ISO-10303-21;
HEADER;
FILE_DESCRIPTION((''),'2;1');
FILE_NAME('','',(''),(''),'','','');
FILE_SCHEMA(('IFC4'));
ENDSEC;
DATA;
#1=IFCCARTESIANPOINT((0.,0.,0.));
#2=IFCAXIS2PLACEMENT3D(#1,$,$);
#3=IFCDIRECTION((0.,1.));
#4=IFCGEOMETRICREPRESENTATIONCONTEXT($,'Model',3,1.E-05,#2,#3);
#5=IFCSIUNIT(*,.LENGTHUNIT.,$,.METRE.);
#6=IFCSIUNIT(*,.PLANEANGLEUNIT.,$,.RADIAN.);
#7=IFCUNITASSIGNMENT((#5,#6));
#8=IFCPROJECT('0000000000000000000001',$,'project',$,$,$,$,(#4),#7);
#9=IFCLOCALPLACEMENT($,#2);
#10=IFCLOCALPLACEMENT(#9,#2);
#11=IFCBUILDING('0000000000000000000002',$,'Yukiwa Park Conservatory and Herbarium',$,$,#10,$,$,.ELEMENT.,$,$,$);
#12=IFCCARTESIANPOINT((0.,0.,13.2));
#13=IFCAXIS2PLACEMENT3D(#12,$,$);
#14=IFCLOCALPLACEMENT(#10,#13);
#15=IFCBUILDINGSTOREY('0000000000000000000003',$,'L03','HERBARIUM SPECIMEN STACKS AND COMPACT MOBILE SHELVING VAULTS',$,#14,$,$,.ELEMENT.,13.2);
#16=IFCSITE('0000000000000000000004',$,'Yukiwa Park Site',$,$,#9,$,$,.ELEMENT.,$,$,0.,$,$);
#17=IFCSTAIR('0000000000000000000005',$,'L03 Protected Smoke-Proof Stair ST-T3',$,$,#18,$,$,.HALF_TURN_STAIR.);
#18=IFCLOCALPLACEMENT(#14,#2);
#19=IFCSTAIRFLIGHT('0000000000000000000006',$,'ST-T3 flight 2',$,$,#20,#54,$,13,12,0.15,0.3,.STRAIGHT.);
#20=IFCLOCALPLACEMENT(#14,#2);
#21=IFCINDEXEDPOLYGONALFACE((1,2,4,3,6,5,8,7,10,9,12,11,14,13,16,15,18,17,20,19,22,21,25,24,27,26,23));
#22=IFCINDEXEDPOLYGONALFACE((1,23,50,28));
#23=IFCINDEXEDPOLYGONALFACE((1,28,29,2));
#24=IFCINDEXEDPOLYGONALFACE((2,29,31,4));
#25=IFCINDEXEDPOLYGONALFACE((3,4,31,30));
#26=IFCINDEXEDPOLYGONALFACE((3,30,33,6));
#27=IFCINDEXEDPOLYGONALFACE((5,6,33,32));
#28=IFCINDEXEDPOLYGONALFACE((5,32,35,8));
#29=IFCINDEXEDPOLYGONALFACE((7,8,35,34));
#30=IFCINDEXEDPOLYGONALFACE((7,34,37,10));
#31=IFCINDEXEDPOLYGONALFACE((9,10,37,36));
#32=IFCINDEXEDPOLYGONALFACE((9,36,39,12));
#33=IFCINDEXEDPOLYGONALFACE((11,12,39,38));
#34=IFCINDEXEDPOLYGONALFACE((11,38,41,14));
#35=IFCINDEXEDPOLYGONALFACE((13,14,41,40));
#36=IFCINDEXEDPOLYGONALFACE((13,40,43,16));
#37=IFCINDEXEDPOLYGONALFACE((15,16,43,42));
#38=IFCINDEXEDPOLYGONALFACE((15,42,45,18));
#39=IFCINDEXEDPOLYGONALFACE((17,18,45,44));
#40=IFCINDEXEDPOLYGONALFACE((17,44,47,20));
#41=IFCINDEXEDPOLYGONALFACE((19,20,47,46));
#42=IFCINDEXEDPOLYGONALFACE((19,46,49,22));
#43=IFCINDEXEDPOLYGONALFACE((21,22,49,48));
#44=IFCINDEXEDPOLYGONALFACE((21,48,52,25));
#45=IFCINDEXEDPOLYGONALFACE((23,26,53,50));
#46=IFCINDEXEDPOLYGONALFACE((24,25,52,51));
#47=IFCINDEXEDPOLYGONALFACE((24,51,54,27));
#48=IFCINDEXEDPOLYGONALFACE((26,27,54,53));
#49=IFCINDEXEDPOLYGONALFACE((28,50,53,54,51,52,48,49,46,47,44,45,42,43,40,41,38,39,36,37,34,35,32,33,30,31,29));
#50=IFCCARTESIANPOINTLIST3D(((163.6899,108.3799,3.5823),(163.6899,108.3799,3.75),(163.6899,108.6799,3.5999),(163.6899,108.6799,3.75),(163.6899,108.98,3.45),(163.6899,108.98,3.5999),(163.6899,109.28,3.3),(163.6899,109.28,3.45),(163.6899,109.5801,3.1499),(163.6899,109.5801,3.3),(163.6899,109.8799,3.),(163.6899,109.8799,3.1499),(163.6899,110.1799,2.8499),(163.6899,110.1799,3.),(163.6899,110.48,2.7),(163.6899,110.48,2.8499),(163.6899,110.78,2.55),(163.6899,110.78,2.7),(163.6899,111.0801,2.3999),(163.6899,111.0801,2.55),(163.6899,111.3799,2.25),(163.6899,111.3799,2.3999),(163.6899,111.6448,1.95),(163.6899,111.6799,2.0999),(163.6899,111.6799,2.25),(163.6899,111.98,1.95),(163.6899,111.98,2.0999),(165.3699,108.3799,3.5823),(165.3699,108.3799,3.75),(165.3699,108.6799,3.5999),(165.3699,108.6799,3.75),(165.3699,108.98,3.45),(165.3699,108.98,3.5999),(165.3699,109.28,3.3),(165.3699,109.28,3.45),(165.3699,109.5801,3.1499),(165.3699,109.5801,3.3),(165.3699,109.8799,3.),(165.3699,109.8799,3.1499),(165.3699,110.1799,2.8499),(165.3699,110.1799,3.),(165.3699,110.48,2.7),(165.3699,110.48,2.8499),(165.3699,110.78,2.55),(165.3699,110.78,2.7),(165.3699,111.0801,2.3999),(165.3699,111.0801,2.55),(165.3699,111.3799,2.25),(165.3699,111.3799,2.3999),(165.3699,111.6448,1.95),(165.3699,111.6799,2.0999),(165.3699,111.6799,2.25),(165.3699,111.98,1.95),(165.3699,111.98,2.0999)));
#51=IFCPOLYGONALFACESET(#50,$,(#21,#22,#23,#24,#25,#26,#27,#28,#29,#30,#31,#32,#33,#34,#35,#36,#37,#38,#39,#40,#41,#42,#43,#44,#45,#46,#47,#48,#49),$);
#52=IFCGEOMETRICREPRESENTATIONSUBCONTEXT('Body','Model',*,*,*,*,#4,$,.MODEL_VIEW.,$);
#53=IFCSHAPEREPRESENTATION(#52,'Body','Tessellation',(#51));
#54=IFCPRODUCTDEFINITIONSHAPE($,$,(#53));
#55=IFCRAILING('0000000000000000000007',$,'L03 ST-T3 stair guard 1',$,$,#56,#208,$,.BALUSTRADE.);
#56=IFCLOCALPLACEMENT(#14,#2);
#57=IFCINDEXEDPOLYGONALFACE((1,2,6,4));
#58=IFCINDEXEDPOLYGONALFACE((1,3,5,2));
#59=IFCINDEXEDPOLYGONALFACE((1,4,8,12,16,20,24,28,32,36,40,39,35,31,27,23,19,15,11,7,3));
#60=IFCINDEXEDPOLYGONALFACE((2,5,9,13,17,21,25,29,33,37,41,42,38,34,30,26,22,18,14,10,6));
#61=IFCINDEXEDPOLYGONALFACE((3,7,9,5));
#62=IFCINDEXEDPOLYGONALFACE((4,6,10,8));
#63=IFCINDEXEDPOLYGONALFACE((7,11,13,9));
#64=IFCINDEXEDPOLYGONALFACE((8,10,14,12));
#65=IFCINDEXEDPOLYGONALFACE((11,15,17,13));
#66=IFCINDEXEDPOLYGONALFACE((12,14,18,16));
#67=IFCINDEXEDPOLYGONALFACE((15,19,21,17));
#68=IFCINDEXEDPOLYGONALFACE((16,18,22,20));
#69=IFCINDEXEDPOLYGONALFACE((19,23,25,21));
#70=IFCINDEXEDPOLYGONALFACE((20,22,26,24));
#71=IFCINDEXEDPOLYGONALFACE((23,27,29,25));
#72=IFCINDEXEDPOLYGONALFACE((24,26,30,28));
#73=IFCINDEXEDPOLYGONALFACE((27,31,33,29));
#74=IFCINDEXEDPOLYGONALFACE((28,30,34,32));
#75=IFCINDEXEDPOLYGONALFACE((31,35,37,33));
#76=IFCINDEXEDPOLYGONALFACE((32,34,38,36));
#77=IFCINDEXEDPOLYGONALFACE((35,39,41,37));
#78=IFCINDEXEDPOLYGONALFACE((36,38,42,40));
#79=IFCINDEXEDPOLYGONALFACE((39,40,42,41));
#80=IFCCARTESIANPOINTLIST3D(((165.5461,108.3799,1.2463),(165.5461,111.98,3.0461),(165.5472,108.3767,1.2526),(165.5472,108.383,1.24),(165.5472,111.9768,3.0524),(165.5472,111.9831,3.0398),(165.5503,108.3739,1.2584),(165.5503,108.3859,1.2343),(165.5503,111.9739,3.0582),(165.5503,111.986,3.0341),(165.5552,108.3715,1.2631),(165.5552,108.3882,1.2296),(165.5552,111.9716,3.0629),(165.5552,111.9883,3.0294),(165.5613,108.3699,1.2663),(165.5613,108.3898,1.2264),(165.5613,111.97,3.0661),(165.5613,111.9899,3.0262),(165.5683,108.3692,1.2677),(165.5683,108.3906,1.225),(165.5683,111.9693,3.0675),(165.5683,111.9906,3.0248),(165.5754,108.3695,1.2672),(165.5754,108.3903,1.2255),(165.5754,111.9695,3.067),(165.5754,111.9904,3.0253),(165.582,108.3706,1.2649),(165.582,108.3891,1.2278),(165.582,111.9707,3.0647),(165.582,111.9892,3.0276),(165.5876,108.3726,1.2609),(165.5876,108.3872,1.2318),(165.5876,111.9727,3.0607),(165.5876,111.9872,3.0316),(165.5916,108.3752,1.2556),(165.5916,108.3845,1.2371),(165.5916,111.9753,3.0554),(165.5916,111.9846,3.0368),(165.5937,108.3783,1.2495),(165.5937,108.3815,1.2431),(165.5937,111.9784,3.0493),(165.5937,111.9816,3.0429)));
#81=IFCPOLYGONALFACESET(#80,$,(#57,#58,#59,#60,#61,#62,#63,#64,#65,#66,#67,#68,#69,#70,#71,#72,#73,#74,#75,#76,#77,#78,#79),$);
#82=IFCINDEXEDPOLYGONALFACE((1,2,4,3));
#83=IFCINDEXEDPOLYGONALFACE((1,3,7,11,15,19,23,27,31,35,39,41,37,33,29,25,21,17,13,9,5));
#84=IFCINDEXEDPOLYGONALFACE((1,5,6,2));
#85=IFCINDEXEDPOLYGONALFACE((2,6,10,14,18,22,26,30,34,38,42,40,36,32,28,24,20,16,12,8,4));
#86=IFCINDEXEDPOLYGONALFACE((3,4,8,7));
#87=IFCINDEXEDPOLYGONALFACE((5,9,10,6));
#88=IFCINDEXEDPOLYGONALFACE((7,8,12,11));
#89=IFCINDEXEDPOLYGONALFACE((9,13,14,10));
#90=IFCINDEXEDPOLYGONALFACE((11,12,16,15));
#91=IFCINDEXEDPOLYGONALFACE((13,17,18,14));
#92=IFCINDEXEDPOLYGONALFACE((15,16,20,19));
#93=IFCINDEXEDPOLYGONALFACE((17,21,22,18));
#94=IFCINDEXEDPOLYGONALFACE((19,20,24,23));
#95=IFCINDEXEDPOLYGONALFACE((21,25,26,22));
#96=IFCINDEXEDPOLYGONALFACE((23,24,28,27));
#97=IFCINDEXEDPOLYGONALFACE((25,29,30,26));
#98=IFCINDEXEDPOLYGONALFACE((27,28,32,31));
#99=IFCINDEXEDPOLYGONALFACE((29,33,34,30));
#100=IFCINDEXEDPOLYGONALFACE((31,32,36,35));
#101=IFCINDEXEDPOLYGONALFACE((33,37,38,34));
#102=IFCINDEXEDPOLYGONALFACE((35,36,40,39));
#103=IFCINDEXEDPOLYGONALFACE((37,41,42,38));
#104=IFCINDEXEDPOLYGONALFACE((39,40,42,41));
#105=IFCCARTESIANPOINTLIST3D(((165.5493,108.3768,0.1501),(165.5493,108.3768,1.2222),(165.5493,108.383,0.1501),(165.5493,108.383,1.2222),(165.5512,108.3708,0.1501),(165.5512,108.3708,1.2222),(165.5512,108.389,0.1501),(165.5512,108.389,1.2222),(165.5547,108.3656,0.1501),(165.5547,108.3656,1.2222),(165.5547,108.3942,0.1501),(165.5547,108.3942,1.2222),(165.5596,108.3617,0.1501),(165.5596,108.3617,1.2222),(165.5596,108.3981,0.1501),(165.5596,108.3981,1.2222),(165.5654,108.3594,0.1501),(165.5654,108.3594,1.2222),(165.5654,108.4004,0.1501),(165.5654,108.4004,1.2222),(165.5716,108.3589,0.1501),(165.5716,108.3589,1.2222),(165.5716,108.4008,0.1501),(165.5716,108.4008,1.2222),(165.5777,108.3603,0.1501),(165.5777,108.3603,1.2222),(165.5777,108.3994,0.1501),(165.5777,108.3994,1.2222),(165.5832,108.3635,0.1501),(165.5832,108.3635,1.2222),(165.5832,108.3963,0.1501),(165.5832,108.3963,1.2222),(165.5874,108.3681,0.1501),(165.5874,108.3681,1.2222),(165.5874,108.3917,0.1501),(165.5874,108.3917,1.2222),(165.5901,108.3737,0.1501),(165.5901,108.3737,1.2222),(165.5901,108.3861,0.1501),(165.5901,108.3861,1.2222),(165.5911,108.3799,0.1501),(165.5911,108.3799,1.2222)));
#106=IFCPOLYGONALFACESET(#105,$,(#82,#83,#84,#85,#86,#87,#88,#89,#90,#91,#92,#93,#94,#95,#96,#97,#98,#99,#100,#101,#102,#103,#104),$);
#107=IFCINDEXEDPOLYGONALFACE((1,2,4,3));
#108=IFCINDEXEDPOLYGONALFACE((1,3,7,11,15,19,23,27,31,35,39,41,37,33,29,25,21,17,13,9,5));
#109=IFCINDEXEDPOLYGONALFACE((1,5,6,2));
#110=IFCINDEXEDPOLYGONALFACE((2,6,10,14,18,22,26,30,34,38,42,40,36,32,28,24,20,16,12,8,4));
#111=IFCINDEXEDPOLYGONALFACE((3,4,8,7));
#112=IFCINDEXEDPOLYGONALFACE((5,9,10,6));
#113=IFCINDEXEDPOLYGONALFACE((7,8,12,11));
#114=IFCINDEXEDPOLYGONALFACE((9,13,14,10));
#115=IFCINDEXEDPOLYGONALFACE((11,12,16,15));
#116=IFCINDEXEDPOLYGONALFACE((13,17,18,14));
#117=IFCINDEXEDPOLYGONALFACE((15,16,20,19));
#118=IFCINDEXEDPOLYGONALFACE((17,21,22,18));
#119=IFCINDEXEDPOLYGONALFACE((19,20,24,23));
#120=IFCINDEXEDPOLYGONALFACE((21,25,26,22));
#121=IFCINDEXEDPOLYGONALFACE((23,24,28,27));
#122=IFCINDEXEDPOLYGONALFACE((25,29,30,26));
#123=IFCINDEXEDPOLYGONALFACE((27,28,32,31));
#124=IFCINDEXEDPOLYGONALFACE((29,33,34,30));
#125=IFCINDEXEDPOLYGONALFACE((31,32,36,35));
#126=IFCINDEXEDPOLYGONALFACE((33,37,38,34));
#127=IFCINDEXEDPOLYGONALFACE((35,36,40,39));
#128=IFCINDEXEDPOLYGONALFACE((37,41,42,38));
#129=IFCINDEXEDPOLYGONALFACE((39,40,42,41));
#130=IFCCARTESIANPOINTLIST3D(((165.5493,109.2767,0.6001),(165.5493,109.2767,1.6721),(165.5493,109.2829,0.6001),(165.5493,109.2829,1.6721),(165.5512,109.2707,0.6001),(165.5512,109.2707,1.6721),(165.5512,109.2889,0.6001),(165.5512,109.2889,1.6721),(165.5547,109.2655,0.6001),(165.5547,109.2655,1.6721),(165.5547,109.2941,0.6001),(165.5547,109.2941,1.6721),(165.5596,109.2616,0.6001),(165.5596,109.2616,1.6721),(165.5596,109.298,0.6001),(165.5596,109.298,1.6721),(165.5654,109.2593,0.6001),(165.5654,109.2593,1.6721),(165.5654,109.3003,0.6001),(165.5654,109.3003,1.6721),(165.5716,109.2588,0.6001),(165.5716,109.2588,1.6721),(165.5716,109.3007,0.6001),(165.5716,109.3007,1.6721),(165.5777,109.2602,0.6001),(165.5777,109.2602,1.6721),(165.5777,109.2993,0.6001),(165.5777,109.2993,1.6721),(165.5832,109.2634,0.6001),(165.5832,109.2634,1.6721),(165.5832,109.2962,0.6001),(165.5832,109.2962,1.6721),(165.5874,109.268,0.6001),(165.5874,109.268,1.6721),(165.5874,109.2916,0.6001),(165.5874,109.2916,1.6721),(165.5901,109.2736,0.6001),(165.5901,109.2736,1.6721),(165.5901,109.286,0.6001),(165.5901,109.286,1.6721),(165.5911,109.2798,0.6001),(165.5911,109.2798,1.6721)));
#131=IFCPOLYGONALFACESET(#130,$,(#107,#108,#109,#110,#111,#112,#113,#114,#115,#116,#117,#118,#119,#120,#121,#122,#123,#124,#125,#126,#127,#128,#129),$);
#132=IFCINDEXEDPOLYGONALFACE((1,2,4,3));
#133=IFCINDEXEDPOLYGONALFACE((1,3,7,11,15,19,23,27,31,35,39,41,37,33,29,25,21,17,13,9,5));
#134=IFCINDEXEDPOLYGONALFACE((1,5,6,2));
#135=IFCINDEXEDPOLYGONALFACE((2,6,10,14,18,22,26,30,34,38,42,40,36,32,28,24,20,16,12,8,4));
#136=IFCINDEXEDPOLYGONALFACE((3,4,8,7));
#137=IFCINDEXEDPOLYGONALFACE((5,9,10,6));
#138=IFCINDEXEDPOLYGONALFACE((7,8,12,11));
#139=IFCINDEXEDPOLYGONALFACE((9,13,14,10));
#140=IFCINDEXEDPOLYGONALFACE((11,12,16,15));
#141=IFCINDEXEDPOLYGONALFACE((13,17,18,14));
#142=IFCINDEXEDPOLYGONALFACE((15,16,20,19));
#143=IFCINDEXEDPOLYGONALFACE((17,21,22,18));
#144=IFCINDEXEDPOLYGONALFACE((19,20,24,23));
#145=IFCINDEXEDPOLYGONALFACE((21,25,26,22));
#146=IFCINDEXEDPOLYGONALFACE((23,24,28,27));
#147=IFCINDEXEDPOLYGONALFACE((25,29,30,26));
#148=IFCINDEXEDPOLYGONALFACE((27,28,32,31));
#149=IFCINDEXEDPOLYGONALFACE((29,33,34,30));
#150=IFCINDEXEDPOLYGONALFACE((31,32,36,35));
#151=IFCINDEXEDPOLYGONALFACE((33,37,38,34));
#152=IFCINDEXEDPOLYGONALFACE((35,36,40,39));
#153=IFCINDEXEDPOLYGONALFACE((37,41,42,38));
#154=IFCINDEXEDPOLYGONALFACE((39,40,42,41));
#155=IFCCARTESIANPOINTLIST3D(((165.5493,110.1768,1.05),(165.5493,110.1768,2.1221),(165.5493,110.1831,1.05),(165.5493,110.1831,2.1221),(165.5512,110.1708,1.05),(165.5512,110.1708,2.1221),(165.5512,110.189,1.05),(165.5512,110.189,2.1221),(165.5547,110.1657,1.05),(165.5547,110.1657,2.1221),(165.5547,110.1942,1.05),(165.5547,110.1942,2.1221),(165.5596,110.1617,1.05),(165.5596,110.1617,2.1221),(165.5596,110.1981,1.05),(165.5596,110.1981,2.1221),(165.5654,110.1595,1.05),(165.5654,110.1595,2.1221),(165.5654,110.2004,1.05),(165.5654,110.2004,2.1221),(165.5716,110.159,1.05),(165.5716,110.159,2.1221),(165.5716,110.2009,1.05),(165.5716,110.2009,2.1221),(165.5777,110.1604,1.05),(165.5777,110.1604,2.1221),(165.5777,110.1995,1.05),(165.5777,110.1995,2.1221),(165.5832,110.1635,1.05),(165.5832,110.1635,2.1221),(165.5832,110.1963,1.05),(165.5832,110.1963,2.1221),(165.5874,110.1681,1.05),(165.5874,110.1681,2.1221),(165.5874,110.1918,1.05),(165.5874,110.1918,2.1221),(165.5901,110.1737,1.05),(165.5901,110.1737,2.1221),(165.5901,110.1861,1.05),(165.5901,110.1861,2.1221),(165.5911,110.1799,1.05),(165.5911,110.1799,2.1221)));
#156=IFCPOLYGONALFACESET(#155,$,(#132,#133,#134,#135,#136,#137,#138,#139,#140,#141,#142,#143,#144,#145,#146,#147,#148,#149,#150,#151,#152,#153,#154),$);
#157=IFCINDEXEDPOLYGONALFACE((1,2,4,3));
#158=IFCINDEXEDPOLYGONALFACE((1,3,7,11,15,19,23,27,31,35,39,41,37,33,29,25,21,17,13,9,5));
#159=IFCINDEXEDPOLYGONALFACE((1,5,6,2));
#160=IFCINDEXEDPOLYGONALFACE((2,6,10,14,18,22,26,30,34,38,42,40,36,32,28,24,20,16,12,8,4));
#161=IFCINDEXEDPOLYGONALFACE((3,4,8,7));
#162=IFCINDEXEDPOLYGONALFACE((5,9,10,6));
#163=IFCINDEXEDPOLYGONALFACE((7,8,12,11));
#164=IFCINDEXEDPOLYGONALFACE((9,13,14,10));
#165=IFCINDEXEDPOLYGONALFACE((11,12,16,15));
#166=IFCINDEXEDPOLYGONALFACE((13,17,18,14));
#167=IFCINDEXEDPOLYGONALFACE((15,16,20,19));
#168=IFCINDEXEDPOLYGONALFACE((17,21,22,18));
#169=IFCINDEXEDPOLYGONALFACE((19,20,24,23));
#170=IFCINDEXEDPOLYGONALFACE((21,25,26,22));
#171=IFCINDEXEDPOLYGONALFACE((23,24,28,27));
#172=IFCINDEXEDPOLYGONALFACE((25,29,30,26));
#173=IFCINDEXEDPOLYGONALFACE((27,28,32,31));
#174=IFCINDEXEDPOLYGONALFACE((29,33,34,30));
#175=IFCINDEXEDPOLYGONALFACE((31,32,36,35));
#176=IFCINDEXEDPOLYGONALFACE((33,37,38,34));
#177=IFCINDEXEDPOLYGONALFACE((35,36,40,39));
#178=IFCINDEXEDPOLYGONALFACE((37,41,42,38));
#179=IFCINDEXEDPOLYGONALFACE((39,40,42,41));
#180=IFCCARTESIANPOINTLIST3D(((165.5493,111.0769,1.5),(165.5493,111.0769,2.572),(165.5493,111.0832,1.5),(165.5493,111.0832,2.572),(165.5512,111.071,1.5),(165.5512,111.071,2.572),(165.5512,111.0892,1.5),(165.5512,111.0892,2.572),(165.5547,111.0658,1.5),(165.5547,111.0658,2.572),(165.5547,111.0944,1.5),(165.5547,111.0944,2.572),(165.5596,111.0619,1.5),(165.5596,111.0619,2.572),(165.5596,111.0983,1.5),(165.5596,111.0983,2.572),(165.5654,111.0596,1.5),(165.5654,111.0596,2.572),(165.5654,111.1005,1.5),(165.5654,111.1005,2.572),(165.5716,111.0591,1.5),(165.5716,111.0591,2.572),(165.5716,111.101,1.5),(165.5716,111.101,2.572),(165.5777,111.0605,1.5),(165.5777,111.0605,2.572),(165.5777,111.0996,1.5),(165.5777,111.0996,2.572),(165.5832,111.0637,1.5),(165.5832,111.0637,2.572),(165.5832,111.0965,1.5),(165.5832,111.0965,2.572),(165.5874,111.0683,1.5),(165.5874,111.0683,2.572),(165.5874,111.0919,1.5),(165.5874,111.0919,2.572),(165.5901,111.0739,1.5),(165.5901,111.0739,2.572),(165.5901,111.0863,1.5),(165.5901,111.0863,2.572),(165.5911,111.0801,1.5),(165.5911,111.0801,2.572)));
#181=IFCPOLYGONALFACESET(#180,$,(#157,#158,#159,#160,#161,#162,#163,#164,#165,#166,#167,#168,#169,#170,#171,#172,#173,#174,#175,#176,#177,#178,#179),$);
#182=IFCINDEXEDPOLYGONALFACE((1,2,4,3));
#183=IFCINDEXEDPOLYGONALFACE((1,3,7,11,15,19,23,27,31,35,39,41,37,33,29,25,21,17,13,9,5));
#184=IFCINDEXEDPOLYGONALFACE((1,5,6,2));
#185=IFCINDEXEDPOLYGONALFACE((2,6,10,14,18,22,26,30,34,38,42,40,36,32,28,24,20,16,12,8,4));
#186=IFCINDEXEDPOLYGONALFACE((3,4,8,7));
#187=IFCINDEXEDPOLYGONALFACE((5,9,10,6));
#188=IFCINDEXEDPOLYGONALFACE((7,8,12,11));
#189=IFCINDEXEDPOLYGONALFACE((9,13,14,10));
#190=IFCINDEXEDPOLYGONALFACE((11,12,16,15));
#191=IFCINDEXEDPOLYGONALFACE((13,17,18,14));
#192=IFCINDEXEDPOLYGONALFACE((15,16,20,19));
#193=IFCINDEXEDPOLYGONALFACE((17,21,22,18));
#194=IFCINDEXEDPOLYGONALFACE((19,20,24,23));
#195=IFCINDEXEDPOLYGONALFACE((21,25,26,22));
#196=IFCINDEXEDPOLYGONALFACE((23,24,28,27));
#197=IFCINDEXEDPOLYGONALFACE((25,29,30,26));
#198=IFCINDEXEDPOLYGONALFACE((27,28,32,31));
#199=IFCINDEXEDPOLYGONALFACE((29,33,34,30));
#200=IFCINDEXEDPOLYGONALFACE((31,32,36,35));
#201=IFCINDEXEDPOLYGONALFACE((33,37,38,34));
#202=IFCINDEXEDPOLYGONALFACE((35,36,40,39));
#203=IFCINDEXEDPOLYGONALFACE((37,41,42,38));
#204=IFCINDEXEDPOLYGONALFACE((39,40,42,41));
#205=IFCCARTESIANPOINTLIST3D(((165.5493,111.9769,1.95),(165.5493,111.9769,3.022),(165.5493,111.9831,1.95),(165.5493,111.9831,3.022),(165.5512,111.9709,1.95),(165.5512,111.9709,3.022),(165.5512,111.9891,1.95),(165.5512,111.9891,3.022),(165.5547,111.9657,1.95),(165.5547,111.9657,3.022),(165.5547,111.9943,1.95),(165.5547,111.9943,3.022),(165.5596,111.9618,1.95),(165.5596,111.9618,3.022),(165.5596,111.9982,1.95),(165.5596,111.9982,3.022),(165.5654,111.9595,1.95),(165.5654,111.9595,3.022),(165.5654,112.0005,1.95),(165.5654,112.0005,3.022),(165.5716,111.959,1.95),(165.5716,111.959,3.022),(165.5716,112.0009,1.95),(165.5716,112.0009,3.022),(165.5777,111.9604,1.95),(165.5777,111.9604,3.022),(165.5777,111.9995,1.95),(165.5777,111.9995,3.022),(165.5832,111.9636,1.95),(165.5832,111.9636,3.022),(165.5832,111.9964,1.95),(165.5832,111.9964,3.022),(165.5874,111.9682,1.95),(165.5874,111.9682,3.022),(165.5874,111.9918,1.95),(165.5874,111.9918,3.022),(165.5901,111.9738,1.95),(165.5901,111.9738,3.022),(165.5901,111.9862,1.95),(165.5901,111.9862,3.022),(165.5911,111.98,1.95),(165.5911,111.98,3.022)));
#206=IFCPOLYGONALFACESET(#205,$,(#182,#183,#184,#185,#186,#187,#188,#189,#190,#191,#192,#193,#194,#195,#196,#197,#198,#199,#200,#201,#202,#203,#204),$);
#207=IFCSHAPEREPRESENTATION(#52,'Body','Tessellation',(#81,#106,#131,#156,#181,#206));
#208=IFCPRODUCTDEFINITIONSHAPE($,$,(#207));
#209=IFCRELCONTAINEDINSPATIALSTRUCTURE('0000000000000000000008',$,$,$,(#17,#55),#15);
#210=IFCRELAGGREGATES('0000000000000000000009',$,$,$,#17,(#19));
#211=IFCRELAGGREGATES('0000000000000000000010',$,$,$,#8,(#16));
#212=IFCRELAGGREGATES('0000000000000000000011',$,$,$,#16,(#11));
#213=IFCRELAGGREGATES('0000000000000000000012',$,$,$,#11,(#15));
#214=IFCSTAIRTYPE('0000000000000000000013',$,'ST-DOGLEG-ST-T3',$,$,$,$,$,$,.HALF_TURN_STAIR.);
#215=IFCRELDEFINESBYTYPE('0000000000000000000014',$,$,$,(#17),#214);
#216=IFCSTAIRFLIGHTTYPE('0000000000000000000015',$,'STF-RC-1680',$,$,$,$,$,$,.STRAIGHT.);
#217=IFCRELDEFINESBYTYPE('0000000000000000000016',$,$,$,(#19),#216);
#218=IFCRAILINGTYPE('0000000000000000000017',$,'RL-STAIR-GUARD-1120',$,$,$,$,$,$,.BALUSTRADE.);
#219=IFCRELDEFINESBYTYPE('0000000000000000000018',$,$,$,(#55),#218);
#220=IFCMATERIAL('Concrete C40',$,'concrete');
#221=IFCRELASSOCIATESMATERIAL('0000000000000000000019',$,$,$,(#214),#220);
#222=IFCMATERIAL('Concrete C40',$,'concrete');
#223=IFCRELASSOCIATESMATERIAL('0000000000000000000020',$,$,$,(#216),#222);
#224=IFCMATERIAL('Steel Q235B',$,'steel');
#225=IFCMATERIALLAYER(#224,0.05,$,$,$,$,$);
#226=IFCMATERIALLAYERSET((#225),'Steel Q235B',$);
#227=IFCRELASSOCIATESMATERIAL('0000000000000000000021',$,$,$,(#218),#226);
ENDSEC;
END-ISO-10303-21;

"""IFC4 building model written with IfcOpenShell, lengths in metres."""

from ifc_helpers import new_model, si_unit, direction, frame, origin, origin_2d, place, context, subcontext, project, spatial, polyline, circle, outline, extrude, material, layer, layer_set, type_object, element, aggregate, save


model = new_model("IFC4")

# Units and contexts
model_context = context("Model", 3, precision=1e-05, world=origin(), true_north=direction((0.0, 1.0)))
body_context = subcontext(model_context, "Body", "Model", "MODEL_VIEW")
ifc_project = project(units=[si_unit("LENGTHUNIT", "METRE"), si_unit("PLANEANGLEUNIT", "RADIAN")], contexts=[model_context])

# Site, building, storey
site_placement = place(None, origin())
site = spatial("IfcSite", under=ifc_project, at=site_placement, Name="Yukiwa Park Site", CompositionType="ELEMENT", RefElevation=0.0)
building_placement = place(site_placement, origin())
building = spatial("IfcBuilding", under=site, at=building_placement, Name="Yukiwa Park Conservatory and Herbarium", CompositionType="ELEMENT")
storey_placement = place(building_placement, frame((0.0, 0.0, 13.2)))
storey = spatial("IfcBuildingStorey", under=building, at=storey_placement, Name="L03", Description="HERBARIUM SPECIMEN STACKS AND COMPACT MOBILE SHELVING VAULTS", CompositionType="ELEMENT", Elevation=13.2)

# Stair, stair flight
ifc_material_1 = material(Name="Concrete C40", Category="concrete")
stair_type = type_object("IfcStairType", Name="ST-DOGLEG-ST-T3", PredefinedType="HALF_TURN_STAIR", material=ifc_material_1)
stair_placement = place(storey_placement, origin())
stair = element("IfcStair", 1, at=stair_placement, inside=storey, type_object=stair_type, Name="L03 Protected Smoke-Proof Stair ST-T3", PredefinedType="HALF_TURN_STAIR")
ifc_material_2 = material(Name="Concrete C40", Category="concrete")
stair_flight_type = type_object("IfcStairFlightType", Name="STF-RC-1680", PredefinedType="STRAIGHT", material=ifc_material_2)
stair_flight_1_placement = place(storey_placement, frame((164.53, 111.98, 1.95), z_axis=(0.0, 0.0, 1.0), x_axis=(0.0, -1.0, 0.0)))
stair_flight_1 = element("IfcStairFlight", 2, at=stair_flight_1_placement, type_object=stair_flight_type, Name="ST-T3 flight 2", NumberOfRisers=13, NumberOfTreads=12, PredefinedType="STRAIGHT", RiserHeight=0.15, TreadLength=0.3, context=body_context, shape_type="SweptSolid", body=[
    extrude(outline(polyline([(0.0, 0.0), (0.0, 0.1499), (0.3, 0.1499), (0.3, 0.3), (0.6001, 0.3), (0.6001, 0.45), (0.8999, 0.45), (0.8999, 0.6001), (1.2, 0.6001), (1.2, 0.75), (1.5, 0.75), (1.5, 0.8999), (1.8, 0.8999), (1.8, 1.05), (2.1001, 1.05), (2.1001, 1.2), (2.3999, 1.2), (2.3999, 1.3501), (2.7, 1.3501), (2.7, 1.5), (3.0, 1.5), (3.0, 1.6499), (3.3, 1.6499), (3.3, 1.8), (3.6001, 1.8), (3.6001, 1.95), (3.6001, 1.6323), (0.3352, 0.0), (0.0, 0.0)])), frame((0.0, 0.8398, 0.0), z_axis=(0.0, -1.0, 0.0), x_axis=(1.0, 0.0, 0.0)), (0.0, 0.0, 1.0), 1.6799),
])
aggregate(stair, [stair_flight_1])

# Railing
ifc_material_3 = material(Name="Steel Q235B", Category="steel")
ifc_layer_1 = layer(ifc_material_3, 0.05)
ifc_layer_set_1 = layer_set([ifc_layer_1], Name="Steel Q235B")
railing_type_1 = type_object("IfcRailingType", Name="RL-STAIR-GUARD-1120", PredefinedType="BALUSTRADE", material=ifc_layer_set_1)
railing_1_placement = place(storey_placement, frame((165.5701, 108.3799, 0.1501)))
element("IfcRailing", 3, at=railing_1_placement, inside=storey, type_object=railing_type_1, Name="L03 ST-T3 stair guard 1", PredefinedType="BALUSTRADE", context=body_context, shape_type="SweptSolid", body=[
    extrude(circle(Radius=0.0239, at=origin_2d()), frame((0.0, 0.0, 1.0962), z_axis=(0.0, 0.894451, 0.447165), x_axis=(-1.0, 0.0, 0.0)), (0.0, 0.0, 1.0), 4.0249),
    extrude(circle(Radius=0.021, at=origin_2d()), origin(), (0.0, 0.0, 1.0), 1.072),
    extrude(circle(Radius=0.021, at=origin_2d()), frame((0.0, 0.8999, 0.45)), (0.0, 0.0, 1.0), 1.072),
    extrude(circle(Radius=0.021, at=origin_2d()), frame((0.0, 1.8, 0.8999)), (0.0, 0.0, 1.0), 1.072),
    extrude(circle(Radius=0.021, at=origin_2d()), frame((0.0, 2.7002, 1.3499)), (0.0, 0.0, 1.0), 1.072),
    extrude(circle(Radius=0.021, at=origin_2d()), frame((0.0, 3.6001, 1.7998)), (0.0, 0.0, 1.0), 1.072),
])

save(model, "model.ifc")
